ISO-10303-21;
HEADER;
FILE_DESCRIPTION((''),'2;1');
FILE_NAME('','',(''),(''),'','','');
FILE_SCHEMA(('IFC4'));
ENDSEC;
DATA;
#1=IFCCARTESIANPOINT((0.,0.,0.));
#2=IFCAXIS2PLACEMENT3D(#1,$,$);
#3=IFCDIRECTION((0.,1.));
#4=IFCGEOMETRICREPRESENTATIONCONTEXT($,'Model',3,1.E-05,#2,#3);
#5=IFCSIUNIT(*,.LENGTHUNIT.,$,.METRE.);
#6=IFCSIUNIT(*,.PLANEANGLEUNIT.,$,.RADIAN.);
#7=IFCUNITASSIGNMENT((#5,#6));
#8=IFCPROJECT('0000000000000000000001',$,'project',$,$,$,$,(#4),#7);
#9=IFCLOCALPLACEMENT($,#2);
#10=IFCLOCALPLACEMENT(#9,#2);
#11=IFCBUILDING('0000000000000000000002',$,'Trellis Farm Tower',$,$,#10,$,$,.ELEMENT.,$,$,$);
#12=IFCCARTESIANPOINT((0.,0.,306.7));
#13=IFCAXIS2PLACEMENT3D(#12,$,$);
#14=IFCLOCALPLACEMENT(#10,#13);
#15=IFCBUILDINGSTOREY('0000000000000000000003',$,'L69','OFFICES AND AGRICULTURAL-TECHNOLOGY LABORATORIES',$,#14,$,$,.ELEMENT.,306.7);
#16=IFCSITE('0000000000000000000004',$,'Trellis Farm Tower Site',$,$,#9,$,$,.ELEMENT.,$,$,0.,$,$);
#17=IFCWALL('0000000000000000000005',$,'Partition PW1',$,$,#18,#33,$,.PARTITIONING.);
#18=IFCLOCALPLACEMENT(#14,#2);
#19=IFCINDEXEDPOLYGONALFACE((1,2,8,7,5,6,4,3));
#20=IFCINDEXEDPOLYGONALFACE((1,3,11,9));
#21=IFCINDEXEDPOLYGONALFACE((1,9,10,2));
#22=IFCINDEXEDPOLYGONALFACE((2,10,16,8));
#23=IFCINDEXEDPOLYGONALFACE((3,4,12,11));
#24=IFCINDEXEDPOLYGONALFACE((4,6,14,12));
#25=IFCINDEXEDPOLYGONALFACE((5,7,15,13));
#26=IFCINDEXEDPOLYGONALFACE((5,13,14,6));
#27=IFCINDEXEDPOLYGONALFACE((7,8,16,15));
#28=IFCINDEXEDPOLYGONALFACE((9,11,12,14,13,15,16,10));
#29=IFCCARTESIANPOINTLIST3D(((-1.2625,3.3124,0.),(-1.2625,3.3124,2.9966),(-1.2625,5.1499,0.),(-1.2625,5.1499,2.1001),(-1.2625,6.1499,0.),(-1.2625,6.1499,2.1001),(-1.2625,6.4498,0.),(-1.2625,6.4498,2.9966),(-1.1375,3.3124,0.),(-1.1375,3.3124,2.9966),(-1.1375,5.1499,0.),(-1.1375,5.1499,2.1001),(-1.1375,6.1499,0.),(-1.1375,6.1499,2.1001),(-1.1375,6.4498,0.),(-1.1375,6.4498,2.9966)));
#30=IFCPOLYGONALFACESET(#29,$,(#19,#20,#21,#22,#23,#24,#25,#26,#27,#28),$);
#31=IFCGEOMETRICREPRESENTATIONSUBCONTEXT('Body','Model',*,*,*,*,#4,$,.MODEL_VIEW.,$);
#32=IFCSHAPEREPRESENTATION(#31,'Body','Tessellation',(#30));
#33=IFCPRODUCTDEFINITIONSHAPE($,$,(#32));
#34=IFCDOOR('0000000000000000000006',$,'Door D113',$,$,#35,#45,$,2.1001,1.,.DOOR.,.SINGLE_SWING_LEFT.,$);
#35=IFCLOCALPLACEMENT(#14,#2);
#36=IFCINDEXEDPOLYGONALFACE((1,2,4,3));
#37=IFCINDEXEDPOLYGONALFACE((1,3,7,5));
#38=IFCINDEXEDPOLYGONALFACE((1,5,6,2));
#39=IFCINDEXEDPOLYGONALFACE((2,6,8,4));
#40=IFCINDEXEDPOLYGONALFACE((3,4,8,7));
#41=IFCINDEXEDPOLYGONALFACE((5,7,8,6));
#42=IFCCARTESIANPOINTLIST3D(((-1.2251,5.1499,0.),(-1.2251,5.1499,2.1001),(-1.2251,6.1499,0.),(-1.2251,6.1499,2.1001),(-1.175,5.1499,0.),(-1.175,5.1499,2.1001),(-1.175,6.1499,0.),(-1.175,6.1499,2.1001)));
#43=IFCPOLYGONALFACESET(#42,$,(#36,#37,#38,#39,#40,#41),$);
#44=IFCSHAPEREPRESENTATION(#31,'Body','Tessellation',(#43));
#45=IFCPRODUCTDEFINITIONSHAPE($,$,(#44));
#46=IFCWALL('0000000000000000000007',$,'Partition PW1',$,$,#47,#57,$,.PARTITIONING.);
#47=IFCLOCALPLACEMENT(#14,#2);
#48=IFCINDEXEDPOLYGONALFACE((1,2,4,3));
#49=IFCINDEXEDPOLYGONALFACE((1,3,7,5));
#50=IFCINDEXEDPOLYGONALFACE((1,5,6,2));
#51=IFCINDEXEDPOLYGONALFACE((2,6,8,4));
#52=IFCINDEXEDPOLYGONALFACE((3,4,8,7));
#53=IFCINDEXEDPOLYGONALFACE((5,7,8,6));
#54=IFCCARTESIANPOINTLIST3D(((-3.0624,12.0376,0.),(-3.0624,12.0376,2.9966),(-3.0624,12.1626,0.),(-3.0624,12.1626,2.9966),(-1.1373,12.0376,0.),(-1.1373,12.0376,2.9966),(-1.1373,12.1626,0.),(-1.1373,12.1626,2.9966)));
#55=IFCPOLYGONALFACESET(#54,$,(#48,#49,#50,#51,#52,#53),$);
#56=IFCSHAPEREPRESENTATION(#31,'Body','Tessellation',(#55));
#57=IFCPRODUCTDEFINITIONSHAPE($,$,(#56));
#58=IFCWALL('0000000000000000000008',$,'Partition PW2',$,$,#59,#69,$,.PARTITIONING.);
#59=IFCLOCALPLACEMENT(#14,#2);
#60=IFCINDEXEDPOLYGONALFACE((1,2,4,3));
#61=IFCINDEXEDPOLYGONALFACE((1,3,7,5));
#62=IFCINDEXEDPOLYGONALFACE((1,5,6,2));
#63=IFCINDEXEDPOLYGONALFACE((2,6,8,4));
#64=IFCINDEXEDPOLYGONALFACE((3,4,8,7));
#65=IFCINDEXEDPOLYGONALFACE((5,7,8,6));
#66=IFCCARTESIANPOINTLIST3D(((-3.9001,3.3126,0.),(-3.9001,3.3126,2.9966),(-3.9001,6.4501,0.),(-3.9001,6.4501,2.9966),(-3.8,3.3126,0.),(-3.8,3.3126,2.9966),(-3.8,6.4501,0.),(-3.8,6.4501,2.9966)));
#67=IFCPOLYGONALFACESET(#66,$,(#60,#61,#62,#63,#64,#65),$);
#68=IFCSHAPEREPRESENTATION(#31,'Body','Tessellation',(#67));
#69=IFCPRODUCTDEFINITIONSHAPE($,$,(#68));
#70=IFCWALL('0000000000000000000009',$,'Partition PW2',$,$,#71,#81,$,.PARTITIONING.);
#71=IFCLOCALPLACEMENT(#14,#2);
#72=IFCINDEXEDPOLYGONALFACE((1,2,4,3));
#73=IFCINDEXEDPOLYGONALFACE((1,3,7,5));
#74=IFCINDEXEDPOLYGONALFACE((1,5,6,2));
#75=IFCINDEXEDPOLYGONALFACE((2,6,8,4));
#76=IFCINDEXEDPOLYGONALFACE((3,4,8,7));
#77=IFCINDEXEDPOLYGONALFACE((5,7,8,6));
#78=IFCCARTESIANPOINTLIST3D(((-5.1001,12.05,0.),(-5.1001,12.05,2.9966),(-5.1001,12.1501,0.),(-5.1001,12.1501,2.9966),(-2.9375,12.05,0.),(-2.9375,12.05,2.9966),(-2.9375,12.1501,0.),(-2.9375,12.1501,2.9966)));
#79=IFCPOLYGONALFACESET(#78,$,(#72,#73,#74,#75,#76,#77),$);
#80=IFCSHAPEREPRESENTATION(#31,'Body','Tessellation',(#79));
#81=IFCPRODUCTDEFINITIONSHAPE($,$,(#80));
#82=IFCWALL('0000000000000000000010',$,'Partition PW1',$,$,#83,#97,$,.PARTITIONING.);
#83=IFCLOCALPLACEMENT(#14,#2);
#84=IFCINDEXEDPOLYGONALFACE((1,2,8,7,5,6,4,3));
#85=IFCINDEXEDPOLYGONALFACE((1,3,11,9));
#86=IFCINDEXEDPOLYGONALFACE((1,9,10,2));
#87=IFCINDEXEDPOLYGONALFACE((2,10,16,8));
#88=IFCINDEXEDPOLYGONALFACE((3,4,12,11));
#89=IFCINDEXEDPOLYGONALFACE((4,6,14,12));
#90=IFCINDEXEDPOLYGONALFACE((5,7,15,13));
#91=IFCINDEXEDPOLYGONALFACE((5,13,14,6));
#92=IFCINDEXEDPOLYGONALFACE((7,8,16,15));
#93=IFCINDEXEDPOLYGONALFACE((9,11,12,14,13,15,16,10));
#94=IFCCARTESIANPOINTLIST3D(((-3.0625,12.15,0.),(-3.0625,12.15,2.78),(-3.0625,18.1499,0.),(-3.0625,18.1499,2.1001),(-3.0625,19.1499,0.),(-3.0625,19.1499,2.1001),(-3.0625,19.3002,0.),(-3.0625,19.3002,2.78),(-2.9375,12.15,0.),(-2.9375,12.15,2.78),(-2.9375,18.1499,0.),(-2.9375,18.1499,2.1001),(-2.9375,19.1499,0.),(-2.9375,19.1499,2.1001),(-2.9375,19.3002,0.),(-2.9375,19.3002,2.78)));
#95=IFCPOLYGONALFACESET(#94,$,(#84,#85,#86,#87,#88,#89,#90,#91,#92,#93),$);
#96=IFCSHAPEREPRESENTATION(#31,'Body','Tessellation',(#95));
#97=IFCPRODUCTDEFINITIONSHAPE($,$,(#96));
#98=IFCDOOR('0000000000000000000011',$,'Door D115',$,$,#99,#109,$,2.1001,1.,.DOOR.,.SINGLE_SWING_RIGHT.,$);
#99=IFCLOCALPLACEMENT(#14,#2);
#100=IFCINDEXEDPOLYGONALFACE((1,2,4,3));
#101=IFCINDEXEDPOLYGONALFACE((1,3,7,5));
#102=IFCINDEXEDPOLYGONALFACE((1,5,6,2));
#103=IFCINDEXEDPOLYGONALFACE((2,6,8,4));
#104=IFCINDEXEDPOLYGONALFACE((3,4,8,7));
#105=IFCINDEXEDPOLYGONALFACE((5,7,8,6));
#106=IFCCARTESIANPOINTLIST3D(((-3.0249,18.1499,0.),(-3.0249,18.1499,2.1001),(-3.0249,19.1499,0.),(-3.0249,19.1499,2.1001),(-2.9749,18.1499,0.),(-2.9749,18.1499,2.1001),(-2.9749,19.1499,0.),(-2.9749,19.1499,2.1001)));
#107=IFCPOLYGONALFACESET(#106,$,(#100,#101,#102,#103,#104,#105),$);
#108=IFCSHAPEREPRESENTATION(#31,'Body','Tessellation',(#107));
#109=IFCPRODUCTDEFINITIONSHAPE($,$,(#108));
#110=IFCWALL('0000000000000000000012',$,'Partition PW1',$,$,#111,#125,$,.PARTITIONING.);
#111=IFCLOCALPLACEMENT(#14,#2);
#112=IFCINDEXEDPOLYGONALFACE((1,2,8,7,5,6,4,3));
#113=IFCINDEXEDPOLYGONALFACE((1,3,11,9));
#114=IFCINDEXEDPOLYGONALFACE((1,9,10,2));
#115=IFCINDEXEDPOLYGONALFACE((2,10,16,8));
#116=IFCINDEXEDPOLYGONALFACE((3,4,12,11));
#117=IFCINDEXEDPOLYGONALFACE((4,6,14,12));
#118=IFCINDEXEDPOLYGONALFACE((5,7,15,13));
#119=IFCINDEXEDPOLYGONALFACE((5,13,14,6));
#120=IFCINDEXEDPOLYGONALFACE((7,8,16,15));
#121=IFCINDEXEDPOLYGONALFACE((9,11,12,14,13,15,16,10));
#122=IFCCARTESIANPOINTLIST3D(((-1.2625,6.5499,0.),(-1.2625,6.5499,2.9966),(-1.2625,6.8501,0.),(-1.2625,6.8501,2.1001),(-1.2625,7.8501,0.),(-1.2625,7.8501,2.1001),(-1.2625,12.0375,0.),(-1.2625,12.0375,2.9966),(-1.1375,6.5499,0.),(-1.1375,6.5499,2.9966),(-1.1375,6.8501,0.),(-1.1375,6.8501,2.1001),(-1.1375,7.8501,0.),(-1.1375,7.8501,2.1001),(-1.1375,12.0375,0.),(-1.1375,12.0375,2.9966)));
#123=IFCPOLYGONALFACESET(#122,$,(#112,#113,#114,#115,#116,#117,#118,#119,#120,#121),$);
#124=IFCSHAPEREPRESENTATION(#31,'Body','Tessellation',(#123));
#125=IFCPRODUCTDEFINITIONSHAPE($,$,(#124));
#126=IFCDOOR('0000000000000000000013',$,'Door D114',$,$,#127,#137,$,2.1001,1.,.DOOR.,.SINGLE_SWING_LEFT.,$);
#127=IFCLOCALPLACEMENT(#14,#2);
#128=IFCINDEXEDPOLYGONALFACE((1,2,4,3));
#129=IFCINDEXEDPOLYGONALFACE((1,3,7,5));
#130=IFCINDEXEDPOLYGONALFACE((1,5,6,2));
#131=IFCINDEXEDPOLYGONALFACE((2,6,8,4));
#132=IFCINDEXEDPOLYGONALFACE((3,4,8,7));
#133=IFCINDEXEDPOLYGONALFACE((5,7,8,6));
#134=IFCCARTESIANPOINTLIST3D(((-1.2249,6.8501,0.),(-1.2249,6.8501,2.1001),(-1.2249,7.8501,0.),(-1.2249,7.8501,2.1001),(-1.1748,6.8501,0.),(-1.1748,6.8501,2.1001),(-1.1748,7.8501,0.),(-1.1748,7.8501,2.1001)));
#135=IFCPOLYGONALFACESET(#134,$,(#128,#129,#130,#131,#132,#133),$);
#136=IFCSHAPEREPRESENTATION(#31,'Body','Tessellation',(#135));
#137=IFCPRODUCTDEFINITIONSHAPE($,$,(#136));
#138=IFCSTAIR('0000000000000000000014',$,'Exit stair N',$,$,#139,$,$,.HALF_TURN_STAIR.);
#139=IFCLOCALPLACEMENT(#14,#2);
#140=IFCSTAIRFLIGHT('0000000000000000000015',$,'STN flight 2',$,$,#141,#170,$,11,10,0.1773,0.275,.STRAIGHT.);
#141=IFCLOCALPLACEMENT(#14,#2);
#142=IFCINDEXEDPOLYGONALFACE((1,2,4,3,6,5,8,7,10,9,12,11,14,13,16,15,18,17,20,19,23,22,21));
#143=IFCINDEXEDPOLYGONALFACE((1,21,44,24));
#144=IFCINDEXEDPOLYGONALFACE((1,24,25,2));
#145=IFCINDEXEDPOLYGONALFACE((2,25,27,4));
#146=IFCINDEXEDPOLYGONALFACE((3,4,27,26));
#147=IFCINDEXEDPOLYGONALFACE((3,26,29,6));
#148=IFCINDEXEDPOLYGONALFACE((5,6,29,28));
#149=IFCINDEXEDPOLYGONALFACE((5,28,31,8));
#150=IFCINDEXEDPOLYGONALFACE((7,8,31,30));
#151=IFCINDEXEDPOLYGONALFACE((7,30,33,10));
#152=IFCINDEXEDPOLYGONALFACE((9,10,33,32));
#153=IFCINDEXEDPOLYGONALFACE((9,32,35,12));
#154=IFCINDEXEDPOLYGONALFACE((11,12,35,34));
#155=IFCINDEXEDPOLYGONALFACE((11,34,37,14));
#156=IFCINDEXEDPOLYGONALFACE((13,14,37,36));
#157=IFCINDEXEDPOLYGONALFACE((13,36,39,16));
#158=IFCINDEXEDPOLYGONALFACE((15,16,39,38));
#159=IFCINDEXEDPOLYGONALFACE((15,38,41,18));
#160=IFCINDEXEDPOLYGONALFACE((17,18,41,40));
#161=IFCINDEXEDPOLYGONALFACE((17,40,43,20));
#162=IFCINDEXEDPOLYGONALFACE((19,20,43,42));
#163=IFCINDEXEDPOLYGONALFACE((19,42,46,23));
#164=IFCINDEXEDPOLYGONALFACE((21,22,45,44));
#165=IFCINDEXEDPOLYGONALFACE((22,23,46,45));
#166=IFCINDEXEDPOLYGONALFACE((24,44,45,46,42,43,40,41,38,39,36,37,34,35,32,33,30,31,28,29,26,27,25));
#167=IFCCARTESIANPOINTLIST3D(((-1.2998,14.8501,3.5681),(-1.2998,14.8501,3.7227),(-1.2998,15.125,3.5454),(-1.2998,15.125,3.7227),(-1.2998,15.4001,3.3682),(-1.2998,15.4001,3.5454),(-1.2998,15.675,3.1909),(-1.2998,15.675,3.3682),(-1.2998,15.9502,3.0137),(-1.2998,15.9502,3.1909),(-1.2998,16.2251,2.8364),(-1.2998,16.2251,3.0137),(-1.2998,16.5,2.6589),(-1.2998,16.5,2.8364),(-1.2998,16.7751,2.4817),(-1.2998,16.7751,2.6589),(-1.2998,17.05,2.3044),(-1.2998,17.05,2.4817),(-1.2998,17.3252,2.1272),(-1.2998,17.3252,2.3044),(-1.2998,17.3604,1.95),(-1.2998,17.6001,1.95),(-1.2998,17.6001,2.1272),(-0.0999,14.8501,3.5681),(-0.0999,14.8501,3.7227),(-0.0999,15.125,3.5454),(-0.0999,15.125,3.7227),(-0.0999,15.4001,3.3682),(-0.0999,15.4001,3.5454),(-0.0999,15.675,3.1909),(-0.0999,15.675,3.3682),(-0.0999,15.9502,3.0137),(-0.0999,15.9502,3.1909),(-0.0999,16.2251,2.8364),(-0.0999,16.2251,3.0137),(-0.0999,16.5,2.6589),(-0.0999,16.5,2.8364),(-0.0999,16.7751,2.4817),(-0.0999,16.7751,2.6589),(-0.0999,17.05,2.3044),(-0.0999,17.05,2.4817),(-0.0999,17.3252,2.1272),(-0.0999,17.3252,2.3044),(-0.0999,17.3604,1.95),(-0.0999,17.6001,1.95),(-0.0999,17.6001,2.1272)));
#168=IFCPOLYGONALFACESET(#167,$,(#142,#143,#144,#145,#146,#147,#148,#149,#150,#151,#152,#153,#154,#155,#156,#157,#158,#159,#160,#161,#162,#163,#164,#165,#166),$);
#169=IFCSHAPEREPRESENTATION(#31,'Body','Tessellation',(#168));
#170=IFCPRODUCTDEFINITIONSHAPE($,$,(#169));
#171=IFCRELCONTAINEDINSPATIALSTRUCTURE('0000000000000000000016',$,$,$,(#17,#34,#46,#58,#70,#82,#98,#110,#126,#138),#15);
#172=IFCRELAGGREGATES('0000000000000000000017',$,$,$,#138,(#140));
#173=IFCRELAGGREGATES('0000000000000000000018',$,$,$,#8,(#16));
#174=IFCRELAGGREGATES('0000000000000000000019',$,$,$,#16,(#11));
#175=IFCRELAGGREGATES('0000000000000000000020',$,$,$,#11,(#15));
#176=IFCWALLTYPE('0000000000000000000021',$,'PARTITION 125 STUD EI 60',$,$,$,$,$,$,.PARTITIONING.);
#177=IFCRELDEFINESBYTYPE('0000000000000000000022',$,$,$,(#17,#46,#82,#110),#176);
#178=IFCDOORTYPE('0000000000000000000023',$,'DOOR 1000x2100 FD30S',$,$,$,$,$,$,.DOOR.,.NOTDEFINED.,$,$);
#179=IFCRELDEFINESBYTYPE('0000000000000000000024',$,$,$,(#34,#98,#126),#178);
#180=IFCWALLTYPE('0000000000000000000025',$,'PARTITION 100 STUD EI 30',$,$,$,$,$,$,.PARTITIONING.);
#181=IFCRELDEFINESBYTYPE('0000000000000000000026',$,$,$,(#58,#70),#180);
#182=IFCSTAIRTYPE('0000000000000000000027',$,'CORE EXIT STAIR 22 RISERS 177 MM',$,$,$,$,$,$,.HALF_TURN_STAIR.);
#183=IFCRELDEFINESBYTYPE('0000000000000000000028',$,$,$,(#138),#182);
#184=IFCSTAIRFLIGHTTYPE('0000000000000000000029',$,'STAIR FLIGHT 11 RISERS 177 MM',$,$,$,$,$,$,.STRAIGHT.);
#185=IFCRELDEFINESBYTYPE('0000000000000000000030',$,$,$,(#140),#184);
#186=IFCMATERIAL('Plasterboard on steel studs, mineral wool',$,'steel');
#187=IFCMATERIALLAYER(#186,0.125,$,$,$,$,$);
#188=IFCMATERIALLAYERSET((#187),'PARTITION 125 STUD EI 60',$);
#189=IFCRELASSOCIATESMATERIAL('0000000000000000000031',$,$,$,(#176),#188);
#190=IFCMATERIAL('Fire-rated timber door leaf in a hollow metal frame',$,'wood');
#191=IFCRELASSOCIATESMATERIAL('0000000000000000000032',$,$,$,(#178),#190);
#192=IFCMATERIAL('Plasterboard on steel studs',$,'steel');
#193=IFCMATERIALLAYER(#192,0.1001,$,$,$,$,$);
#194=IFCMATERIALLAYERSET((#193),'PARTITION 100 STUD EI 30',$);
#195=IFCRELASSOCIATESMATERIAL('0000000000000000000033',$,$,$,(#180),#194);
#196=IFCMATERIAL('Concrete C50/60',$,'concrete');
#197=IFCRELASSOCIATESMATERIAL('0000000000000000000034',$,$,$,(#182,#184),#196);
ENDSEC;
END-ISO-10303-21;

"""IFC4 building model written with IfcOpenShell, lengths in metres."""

from ifc_helpers import new_model, si_unit, direction, frame, frame_2d, origin, place, context, subcontext, project, spatial, polyline, rectangle, outline, extrude, source, transform, mapped, material, layer, layer_set, type_object, element, fill, aggregate, save


model = new_model("IFC4")

# Units and contexts
model_context = context("Model", 3, precision=1e-05, world=origin(), true_north=direction((0.0, 1.0)))
body_context = subcontext(model_context, "Body", "Model", "MODEL_VIEW")
ifc_project = project(units=[si_unit("LENGTHUNIT", "METRE"), si_unit("PLANEANGLEUNIT", "RADIAN")], contexts=[model_context])

# Site, building, storey
site_placement = place(None, origin())
site = spatial("IfcSite", under=ifc_project, at=site_placement, Name="Trellis Farm Tower Site", CompositionType="ELEMENT", RefElevation=0.0)
building_placement = place(site_placement, origin())
building = spatial("IfcBuilding", under=site, at=building_placement, Name="Trellis Farm Tower", CompositionType="ELEMENT")
storey_placement = place(building_placement, frame((0.0, 0.0, 306.7)))
storey = spatial("IfcBuildingStorey", under=building, at=storey_placement, Name="L69", Description="OFFICES AND AGRICULTURAL-TECHNOLOGY LABORATORIES", CompositionType="ELEMENT", Elevation=306.7)

# Shared definitions
placement = place(storey_placement, origin())

# Shared definitions
ifc_material_1 = material(Name="Concrete C50/60", Category="concrete")

# Wall, opening, door
ifc_material_2 = material(Name="Plasterboard on steel studs, mineral wool", Category="steel")
ifc_layer_1 = layer(ifc_material_2, 0.125)
ifc_layer_set_1 = layer_set([ifc_layer_1], Name="PARTITION 125 STUD EI 60")
wall_type_1 = type_object("IfcWallType", Name="PARTITION 125 STUD EI 60", PredefinedType="PARTITIONING", material=ifc_layer_set_1)
shared_shape_1 = source(origin(), body_context, "Body", "SweptSolid", [
    extrude(rectangle(XDim=3.1375, YDim=0.125, at=frame_2d((1.5688, 0.0))), origin(), (0.0, 0.0, 1.0), 2.9966),
])
wall_1_placement = place(storey_placement, frame((-1.2, 6.45, 0.0), z_axis=(0.0, 0.0, 1.0), x_axis=(0.0, -1.0, 0.0)))
wall_1 = element("IfcWall", 1, at=wall_1_placement, inside=storey, type_object=wall_type_1, Name="Partition PW1", PredefinedType="PARTITIONING", context=body_context, shape_type="MappedRepresentation", body=[
    mapped(shared_shape_1, transform((0.0, 0.0, 0.0))),
])
shared_shape_2 = source(origin(), body_context, "Body", "SweptSolid", [
    extrude(rectangle(XDim=1.0, YDim=2.1001, at=frame_2d((0.5, 1.05))), frame((0.0, 0.0725, 0.0), z_axis=(0.0, -1.0, 0.0), x_axis=(1.0, 0.0, 0.0)), (0.0, 0.0, 1.0), 0.145),
])
opening_1_placement = place(wall_1_placement, frame((0.3, 0.0, 0.0)))
opening_1 = element("IfcOpeningElement", 2, at=opening_1_placement, cuts=wall_1, PredefinedType="OPENING", context=body_context, shape_type="MappedRepresentation", body=[
    mapped(shared_shape_2, transform((0.0, 0.0, 0.0))),
])
ifc_material_3 = material(Name="Fire-rated timber door leaf in a hollow metal frame", Category="wood")
door_type_1 = type_object("IfcDoorType", Name="DOOR 1000x2100 FD30S", OperationType="NOTDEFINED", PredefinedType="DOOR", material=ifc_material_3)
shared_shape_3 = source(origin(), body_context, "Body", "SweptSolid", [
    extrude(rectangle(XDim=1.0, YDim=2.1001, at=frame_2d((0.5, 1.05))), frame((0.0, 0.0249, 0.0), z_axis=(0.0, -1.0, 0.0), x_axis=(1.0, 0.0, 0.0)), (0.0, 0.0, 1.0), 0.05),
])
door_1_placement = place(opening_1_placement, origin())
door_1 = element("IfcDoor", 3, at=door_1_placement, inside=storey, type_object=door_type_1, Name="Door D113", OperationType="SINGLE_SWING_LEFT", OverallHeight=2.1001, OverallWidth=1.0, PredefinedType="DOOR", context=body_context, shape_type="MappedRepresentation", body=[
    mapped(shared_shape_3, transform((0.0, 0.0, 0.0))),
])
fill(opening_1, door_1)

# Walls
shared_shape_4 = source(origin(), body_context, "Body", "SweptSolid", [
    extrude(rectangle(XDim=1.925, YDim=0.125, at=frame_2d((0.9624, 0.0))), origin(), (0.0, 0.0, 1.0), 2.9966),
])
wall_2_placement = place(storey_placement, frame((-1.1375, 12.1001, 0.0), z_axis=(0.0, 0.0, 1.0), x_axis=(-1.0, 0.0, 0.0)))
element("IfcWall", 4, at=wall_2_placement, inside=storey, type_object=wall_type_1, Name="Partition PW1", PredefinedType="PARTITIONING", context=body_context, shape_type="MappedRepresentation", body=[
    mapped(shared_shape_4, transform((0.0, 0.0, 0.0))),
])
ifc_material_4 = material(Name="Plasterboard on steel studs", Category="steel")
ifc_layer_2 = layer(ifc_material_4, 0.1001)
ifc_layer_set_2 = layer_set([ifc_layer_2], Name="PARTITION 100 STUD EI 30")
wall_type_2 = type_object("IfcWallType", Name="PARTITION 100 STUD EI 30", PredefinedType="PARTITIONING", material=ifc_layer_set_2)
shared_shape_5 = source(origin(), body_context, "Body", "SweptSolid", [
    extrude(rectangle(XDim=3.1375, YDim=0.1001, at=frame_2d((1.5688, 0.0))), origin(), (0.0, 0.0, 1.0), 2.9966),
])
wall_3_placement = place(storey_placement, frame((-3.8501, 3.3125, 0.0), z_axis=(0.0, 0.0, 1.0), x_axis=(0.0, 1.0, 0.0)))
element("IfcWall", 5, at=wall_3_placement, inside=storey, type_object=wall_type_2, Name="Partition PW2", PredefinedType="PARTITIONING", context=body_context, shape_type="MappedRepresentation", body=[
    mapped(shared_shape_5, transform((0.0, 0.0, 0.0))),
])
shared_shape_6 = source(origin(), body_context, "Body", "SweptSolid", [
    extrude(rectangle(XDim=2.1626, YDim=0.1001, at=frame_2d((1.0813, 0.0))), origin(), (0.0, 0.0, 1.0), 2.9966),
])
wall_4_placement = place(storey_placement, frame((-5.1001, 12.1001, 0.0), z_axis=(0.0, 0.0, 1.0), x_axis=(1.0, 0.0, 0.0)))
element("IfcWall", 6, at=wall_4_placement, inside=storey, type_object=wall_type_2, Name="Partition PW2", PredefinedType="PARTITIONING", context=body_context, shape_type="MappedRepresentation", body=[
    mapped(shared_shape_6, transform((0.0, 0.0, 0.0))),
])

# Walls, openings, doors
shared_shape_7 = source(origin(), body_context, "Body", "SweptSolid", [
    extrude(rectangle(XDim=7.1501, YDim=0.125, at=frame_2d((3.5752, 0.0))), origin(), (0.0, 0.0, 1.0), 2.78),
])
wall_5_placement = place(storey_placement, frame((-3.0, 12.1499, 0.0), z_axis=(0.0, 0.0, 1.0), x_axis=(0.0, 1.0, 0.0)))
wall_5 = element("IfcWall", 7, at=wall_5_placement, inside=storey, type_object=wall_type_1, Name="Partition PW1", PredefinedType="PARTITIONING", context=body_context, shape_type="MappedRepresentation", body=[
    mapped(shared_shape_7, transform((0.0, 0.0, 0.0))),
])
opening_2_placement = place(wall_5_placement, frame((6.0, 0.0, 0.0)))
opening_2 = element("IfcOpeningElement", 8, at=opening_2_placement, cuts=wall_5, PredefinedType="OPENING", context=body_context, shape_type="MappedRepresentation", body=[
    mapped(shared_shape_2, transform((0.0, 0.0, 0.0))),
])
door_2_placement = place(opening_2_placement, origin())
door_2 = element("IfcDoor", 9, at=door_2_placement, inside=storey, type_object=door_type_1, Name="Door D115", OperationType="SINGLE_SWING_RIGHT", OverallHeight=2.1001, OverallWidth=1.0, PredefinedType="DOOR", context=body_context, shape_type="MappedRepresentation", body=[
    mapped(shared_shape_3, transform((0.0, 0.0, 0.0))),
])
fill(opening_2, door_2)
shared_shape_8 = source(origin(), body_context, "Body", "SweptSolid", [
    extrude(rectangle(XDim=5.4875, YDim=0.125, at=frame_2d((2.7437, 0.0))), origin(), (0.0, 0.0, 1.0), 2.9966),
])
wall_6_placement = place(storey_placement, frame((-1.2, 6.55, 0.0), z_axis=(0.0, 0.0, 1.0), x_axis=(0.0, 1.0, 0.0)))
wall_6 = element("IfcWall", 10, at=wall_6_placement, inside=storey, type_object=wall_type_1, Name="Partition PW1", PredefinedType="PARTITIONING", context=body_context, shape_type="MappedRepresentation", body=[
    mapped(shared_shape_8, transform((0.0, 0.0, 0.0))),
])
opening_3_placement = place(wall_6_placement, frame((0.3, 0.0, 0.0)))
opening_3 = element("IfcOpeningElement", 11, at=opening_3_placement, cuts=wall_6, PredefinedType="OPENING", context=body_context, shape_type="MappedRepresentation", body=[
    mapped(shared_shape_2, transform((0.0, 0.0, 0.0))),
])
door_3_placement = place(opening_3_placement, origin())
door_3 = element("IfcDoor", 12, at=door_3_placement, inside=storey, type_object=door_type_1, Name="Door D114", OperationType="SINGLE_SWING_LEFT", OverallHeight=2.1001, OverallWidth=1.0, PredefinedType="DOOR", context=body_context, shape_type="MappedRepresentation", body=[
    mapped(shared_shape_3, transform((0.0, 0.0, 0.0))),
])
fill(opening_3, door_3)

# Stair, stair flight
stair_type = type_object("IfcStairType", Name="CORE EXIT STAIR 22 RISERS 177 MM", PredefinedType="HALF_TURN_STAIR", material=ifc_material_1)
stair = element("IfcStair", 13, at=placement, inside=storey, type_object=stair_type, Name="Exit stair N", PredefinedType="HALF_TURN_STAIR")
stair_flight_type = type_object("IfcStairFlightType", Name="STAIR FLIGHT 11 RISERS 177 MM", PredefinedType="STRAIGHT", material=ifc_material_1)
shared_shape_9 = source(origin(), body_context, "Body", "SweptSolid", [
    extrude(outline(polyline([(0.0, 0.0), (0.0, 0.1772), (0.2749, 0.1772), (0.2749, 0.3545), (0.55, 0.3545), (0.55, 0.5317), (0.825, 0.5317), (0.825, 0.709), (1.1001, 0.709), (1.1001, 0.8865), (1.375, 0.8865), (1.375, 1.0637), (1.6499, 1.0637), (1.6499, 1.241), (1.925, 1.241), (1.925, 1.4182), (2.2, 1.4182), (2.2, 1.5955), (2.4751, 1.5955), (2.4751, 1.7727), (2.75, 1.7727), (2.75, 1.95), (2.75, 1.6182), (0.2397, 0.0), (0.0, 0.0)])), frame((0.0, 0.6001, 0.0), z_axis=(0.0, -1.0, 0.0), x_axis=(1.0, 0.0, 0.0)), (0.0, 0.0, 1.0), 1.2),
])
stair_flight_placement = place(storey_placement, frame((-0.7, 17.6001, 1.95), z_axis=(0.0, 0.0, 1.0), x_axis=(0.0, -1.0, 0.0)))
stair_flight = element("IfcStairFlight", 14, at=stair_flight_placement, type_object=stair_flight_type, Name="STN flight 2", NumberOfRisers=11, NumberOfTreads=10, PredefinedType="STRAIGHT", RiserHeight=0.1773, TreadLength=0.275, context=body_context, shape_type="MappedRepresentation", body=[
    mapped(shared_shape_9, transform((0.0, 0.0, 0.0))),
])
aggregate(stair, [stair_flight])

save(model, "model.ifc")
